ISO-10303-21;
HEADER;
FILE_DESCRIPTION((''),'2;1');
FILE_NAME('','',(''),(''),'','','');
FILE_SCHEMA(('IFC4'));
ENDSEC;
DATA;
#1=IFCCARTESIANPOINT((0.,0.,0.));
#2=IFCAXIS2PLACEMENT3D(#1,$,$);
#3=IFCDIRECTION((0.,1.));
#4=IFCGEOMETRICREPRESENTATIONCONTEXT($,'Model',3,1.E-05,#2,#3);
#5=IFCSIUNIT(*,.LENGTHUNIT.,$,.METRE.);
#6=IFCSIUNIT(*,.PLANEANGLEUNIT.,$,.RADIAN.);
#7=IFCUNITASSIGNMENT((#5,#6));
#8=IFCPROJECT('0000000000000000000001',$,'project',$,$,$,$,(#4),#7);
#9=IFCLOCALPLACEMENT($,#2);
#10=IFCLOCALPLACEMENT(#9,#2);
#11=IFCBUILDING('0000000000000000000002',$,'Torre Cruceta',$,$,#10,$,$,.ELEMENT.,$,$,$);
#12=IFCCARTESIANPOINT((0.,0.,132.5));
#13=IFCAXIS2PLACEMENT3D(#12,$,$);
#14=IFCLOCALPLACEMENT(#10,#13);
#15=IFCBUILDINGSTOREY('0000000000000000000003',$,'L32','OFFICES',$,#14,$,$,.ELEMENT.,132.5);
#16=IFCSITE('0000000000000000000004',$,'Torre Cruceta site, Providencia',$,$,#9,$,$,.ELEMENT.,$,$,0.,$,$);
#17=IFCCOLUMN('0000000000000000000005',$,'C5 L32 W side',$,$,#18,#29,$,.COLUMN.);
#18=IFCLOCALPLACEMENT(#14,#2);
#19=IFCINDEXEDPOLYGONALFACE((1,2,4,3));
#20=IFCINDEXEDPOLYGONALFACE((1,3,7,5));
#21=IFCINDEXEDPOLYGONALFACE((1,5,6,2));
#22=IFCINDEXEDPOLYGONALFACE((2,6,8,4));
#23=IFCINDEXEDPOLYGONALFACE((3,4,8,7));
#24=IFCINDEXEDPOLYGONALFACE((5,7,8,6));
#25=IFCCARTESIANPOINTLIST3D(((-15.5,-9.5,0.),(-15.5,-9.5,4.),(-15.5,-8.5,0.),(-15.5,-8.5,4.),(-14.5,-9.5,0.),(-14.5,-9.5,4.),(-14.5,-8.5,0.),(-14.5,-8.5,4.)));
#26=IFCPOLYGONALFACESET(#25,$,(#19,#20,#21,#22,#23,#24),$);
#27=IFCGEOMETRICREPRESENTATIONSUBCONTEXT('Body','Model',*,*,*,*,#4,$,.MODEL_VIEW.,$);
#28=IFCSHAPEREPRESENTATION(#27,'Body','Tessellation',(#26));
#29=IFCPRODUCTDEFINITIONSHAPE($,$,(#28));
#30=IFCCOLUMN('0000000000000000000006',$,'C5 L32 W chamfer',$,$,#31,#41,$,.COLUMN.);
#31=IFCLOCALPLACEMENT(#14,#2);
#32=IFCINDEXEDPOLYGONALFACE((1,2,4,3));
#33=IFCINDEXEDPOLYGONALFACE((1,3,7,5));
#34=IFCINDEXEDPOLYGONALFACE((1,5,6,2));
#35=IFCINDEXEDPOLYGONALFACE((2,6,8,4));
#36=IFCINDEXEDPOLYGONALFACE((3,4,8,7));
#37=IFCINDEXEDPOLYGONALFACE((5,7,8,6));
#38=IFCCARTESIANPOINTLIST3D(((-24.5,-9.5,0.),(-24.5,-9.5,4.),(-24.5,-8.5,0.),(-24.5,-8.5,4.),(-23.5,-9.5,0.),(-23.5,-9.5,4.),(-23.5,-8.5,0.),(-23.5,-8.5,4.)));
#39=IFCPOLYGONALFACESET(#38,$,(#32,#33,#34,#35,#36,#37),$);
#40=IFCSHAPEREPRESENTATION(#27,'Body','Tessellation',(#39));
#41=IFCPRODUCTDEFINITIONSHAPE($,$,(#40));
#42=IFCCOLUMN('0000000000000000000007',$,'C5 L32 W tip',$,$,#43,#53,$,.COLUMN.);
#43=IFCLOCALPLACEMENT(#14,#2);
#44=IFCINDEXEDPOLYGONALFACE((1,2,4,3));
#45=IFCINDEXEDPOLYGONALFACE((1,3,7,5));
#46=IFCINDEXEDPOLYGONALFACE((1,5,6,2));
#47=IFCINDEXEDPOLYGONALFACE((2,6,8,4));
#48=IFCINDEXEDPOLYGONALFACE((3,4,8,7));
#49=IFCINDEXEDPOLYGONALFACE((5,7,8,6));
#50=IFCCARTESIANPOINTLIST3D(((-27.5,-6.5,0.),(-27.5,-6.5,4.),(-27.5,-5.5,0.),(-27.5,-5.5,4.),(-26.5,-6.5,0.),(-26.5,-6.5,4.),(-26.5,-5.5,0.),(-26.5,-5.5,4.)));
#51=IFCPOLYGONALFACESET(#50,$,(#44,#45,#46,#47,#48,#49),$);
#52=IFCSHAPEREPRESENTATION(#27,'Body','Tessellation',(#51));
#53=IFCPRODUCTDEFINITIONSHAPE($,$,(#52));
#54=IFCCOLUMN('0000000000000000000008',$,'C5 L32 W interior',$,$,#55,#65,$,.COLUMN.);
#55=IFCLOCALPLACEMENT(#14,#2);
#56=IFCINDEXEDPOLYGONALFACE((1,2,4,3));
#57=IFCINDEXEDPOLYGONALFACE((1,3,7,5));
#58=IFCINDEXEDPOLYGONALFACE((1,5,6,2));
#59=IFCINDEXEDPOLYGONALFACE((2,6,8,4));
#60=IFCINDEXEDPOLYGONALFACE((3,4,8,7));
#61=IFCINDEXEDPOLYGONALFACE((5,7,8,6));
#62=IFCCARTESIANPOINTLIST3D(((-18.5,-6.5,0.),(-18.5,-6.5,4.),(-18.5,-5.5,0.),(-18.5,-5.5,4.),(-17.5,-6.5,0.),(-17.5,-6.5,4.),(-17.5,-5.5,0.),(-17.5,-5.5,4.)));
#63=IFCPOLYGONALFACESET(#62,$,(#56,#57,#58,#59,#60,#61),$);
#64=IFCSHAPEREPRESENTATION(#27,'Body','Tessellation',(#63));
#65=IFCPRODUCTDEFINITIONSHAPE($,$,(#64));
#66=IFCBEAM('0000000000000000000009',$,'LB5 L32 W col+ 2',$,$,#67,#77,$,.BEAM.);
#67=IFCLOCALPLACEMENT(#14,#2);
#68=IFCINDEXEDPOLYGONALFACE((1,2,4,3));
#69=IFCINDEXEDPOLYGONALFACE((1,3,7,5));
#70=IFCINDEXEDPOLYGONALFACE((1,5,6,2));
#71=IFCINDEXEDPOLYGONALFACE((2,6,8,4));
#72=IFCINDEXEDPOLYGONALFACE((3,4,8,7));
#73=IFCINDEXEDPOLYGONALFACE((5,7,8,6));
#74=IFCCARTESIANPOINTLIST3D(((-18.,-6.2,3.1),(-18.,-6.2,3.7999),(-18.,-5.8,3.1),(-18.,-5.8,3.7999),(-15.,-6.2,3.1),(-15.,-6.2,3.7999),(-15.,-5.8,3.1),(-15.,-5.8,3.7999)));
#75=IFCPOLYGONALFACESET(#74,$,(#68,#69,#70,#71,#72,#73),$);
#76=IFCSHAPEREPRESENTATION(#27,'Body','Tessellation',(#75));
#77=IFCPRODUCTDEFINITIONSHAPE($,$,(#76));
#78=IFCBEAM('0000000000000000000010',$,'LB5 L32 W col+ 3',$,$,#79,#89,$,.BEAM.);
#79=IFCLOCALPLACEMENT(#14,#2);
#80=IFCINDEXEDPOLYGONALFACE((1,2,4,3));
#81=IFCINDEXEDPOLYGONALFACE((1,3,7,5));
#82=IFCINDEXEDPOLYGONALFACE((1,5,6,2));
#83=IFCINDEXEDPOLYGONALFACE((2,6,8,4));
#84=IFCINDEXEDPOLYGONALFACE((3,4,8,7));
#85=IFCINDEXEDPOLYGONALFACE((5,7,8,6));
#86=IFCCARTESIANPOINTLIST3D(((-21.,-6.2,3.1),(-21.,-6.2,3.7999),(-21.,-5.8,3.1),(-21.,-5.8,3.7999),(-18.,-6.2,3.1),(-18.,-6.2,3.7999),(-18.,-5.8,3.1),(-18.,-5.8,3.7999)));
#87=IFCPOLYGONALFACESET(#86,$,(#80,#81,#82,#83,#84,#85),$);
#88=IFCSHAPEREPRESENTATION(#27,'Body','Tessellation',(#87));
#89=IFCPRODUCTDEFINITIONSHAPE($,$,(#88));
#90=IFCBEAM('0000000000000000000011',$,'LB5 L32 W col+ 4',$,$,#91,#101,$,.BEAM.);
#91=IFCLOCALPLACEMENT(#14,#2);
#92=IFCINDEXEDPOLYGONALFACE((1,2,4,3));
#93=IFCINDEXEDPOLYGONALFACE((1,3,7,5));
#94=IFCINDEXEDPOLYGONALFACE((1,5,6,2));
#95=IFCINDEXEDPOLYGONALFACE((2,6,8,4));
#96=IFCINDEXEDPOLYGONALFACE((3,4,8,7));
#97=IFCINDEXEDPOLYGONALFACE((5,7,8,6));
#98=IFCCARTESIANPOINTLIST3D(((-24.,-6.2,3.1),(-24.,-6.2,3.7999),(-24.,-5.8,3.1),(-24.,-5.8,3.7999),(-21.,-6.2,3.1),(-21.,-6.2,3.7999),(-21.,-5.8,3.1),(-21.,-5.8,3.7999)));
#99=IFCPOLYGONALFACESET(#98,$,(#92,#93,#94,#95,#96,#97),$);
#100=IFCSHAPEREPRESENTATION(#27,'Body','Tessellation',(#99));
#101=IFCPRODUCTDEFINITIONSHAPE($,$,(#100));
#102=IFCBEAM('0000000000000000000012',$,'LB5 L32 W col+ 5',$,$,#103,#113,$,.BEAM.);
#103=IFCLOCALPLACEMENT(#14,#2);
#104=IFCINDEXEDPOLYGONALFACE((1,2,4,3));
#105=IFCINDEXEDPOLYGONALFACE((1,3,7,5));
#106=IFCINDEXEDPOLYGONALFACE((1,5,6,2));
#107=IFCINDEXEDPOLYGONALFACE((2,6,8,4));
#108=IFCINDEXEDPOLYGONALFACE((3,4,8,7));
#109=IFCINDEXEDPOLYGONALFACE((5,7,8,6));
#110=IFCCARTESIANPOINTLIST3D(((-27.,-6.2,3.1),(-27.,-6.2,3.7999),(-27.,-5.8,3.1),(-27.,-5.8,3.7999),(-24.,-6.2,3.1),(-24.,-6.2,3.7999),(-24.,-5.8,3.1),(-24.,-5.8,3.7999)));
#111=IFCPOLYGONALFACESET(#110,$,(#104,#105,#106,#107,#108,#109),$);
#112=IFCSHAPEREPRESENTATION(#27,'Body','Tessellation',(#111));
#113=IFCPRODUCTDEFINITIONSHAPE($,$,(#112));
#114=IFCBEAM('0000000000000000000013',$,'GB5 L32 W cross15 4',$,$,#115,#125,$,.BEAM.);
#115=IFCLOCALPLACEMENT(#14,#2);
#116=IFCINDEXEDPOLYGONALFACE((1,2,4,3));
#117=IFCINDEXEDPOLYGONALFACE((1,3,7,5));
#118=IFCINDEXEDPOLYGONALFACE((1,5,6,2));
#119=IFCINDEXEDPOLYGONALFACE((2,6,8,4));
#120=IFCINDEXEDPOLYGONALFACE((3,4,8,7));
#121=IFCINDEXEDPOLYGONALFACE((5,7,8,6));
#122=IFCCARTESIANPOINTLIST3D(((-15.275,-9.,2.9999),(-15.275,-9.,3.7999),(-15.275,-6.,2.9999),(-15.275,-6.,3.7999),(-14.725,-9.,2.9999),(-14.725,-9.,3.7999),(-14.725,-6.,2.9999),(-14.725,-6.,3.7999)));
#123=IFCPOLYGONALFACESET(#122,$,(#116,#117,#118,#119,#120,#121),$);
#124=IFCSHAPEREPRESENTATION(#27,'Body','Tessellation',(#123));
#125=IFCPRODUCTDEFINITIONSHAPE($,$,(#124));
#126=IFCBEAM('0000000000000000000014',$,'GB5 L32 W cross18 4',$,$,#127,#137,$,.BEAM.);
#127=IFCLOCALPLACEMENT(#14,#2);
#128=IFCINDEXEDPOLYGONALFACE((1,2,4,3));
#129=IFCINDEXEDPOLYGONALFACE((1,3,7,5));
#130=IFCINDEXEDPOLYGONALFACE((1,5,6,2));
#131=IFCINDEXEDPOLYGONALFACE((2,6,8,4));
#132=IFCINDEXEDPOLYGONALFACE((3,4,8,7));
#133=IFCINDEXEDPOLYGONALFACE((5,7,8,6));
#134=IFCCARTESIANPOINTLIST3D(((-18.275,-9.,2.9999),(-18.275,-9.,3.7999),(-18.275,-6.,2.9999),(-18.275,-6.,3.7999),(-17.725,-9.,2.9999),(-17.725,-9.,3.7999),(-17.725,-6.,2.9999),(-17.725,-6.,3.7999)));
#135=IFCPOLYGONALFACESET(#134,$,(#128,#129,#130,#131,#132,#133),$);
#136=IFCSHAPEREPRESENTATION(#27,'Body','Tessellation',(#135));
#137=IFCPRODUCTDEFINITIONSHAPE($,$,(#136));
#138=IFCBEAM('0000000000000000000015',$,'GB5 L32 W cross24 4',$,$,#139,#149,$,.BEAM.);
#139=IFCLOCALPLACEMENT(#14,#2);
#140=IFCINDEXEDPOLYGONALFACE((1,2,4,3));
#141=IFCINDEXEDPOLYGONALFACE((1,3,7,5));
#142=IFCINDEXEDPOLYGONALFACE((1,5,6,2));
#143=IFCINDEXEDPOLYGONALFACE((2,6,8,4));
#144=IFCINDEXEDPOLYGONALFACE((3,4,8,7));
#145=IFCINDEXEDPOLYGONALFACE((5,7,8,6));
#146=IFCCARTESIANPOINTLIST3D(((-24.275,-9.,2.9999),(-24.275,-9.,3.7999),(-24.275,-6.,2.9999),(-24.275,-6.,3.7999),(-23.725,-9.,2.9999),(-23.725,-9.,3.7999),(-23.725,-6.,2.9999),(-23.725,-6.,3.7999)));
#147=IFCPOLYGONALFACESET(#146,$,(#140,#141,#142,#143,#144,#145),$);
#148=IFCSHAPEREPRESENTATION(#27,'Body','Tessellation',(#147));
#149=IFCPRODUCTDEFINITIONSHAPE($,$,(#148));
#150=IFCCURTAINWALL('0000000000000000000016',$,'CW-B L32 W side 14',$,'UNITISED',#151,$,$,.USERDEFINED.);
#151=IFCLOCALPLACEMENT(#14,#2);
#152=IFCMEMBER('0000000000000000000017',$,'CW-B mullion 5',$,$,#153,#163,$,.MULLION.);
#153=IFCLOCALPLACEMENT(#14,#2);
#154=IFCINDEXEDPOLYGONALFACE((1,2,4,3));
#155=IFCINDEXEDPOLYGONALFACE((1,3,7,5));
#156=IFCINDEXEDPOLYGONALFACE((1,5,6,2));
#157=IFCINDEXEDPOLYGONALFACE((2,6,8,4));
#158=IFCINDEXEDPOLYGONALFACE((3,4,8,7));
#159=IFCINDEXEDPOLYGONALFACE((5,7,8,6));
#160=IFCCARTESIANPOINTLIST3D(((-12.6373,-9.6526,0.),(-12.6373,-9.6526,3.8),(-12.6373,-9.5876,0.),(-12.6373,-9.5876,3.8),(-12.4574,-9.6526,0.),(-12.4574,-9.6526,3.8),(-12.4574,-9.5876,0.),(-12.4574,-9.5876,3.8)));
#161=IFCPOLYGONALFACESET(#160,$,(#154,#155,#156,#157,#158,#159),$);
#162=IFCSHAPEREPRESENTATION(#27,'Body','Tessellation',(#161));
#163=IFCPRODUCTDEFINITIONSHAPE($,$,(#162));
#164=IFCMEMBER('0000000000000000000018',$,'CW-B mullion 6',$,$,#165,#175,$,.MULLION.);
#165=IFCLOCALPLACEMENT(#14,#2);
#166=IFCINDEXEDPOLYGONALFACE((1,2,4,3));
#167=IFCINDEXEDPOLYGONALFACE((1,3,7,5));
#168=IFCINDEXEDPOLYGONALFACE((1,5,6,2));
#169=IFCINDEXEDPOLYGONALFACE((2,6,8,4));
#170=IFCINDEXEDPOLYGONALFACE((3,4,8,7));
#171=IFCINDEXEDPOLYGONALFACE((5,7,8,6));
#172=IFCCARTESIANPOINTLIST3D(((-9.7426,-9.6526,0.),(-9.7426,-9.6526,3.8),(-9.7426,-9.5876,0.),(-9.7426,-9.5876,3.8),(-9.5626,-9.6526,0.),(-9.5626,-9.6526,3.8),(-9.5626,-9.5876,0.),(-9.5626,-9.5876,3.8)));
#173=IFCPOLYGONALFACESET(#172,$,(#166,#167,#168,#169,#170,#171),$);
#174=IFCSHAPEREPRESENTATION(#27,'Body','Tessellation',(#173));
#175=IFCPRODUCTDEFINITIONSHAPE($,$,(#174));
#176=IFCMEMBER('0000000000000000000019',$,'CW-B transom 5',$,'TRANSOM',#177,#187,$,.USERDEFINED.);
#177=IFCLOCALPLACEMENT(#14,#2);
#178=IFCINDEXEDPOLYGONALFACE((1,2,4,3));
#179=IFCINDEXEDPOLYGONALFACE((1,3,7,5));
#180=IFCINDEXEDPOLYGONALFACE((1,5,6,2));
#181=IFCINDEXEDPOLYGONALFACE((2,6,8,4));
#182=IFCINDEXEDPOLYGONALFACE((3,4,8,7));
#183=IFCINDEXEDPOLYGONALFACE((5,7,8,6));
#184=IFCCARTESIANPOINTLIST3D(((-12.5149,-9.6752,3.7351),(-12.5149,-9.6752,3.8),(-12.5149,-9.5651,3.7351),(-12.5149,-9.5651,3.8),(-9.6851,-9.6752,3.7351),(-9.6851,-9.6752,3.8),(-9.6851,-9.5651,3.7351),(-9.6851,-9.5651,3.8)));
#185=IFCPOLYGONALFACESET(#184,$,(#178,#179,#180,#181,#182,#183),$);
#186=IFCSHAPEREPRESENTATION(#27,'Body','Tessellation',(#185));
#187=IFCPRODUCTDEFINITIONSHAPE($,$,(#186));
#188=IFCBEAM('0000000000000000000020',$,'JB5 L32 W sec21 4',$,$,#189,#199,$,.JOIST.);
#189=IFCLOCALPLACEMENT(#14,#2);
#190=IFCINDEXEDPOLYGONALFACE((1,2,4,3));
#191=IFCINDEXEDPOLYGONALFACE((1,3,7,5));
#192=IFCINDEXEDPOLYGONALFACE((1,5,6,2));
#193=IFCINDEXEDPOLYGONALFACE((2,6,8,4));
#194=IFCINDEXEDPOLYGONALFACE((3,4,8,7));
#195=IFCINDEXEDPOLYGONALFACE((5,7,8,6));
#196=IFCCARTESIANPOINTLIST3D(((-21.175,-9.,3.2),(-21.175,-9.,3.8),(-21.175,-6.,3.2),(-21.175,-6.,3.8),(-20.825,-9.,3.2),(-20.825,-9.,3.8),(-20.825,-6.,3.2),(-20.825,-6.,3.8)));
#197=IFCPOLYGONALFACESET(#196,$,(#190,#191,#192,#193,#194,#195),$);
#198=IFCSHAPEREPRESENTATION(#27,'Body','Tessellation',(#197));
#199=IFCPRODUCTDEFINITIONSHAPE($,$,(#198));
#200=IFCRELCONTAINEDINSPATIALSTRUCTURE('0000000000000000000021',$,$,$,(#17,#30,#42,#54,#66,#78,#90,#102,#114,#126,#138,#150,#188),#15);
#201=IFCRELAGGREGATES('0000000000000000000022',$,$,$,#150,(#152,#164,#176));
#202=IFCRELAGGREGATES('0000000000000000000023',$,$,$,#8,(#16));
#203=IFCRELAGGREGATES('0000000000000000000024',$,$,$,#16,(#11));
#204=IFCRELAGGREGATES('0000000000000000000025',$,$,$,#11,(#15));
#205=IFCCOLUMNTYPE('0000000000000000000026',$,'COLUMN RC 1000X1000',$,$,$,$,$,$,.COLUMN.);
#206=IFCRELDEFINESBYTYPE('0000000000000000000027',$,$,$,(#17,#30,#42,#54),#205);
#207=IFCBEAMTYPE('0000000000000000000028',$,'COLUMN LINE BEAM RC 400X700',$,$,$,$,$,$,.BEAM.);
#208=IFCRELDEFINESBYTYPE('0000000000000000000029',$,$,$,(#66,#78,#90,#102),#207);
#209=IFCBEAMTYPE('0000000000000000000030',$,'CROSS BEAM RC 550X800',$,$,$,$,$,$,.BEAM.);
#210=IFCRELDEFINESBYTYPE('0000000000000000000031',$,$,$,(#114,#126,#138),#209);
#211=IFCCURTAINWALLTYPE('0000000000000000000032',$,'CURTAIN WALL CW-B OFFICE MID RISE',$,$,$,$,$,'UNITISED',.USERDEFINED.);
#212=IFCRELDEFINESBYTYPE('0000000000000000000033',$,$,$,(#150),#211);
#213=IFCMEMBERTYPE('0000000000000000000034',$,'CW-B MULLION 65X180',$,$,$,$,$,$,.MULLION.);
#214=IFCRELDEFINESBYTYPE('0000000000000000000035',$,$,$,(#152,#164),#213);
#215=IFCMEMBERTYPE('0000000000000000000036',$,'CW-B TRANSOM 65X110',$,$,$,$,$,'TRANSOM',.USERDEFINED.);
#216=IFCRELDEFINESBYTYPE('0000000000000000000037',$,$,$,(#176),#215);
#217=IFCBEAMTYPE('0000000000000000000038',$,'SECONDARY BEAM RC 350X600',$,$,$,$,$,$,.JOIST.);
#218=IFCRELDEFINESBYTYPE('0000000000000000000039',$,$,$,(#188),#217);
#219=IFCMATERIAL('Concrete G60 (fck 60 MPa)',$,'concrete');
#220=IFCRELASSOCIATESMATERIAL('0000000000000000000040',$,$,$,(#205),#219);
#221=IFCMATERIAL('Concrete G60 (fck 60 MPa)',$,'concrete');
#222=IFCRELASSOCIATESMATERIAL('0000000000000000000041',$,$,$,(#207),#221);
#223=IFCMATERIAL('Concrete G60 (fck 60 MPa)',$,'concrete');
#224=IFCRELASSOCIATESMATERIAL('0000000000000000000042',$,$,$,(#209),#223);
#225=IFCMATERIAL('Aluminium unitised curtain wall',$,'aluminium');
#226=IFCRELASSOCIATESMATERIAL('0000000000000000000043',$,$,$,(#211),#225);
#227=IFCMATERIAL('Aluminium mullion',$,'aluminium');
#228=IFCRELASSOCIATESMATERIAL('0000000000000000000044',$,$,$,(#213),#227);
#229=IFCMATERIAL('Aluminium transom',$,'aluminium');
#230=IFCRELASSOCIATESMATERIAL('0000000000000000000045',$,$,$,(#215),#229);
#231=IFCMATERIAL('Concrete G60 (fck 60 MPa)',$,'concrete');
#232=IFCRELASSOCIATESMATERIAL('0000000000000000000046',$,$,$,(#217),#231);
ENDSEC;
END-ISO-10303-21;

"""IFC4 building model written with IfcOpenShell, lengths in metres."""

from ifc_helpers import new_model, si_unit, direction, frame, origin, origin_2d, place, context, subcontext, project, spatial, rectangle, extrude, material, material_profile, profile_set, type_object, element, aggregate, save


model = new_model("IFC4")

# Units and contexts
model_context = context("Model", 3, precision=1e-05, world=origin(), true_north=direction((0.0, 1.0)))
body_context = subcontext(model_context, "Body", "Model", "MODEL_VIEW")
ifc_project = project(units=[si_unit("LENGTHUNIT", "METRE"), si_unit("PLANEANGLEUNIT", "RADIAN")], contexts=[model_context])

# Site, building, storey
site_placement = place(None, origin())
site = spatial("IfcSite", under=ifc_project, at=site_placement, Name="Torre Cruceta site, Providencia", CompositionType="ELEMENT", RefElevation=0.0)
building_placement = place(site_placement, origin())
building = spatial("IfcBuilding", under=site, at=building_placement, Name="Torre Cruceta", CompositionType="ELEMENT")
storey_placement = place(building_placement, frame((0.0, 0.0, 132.5)))
storey = spatial("IfcBuildingStorey", under=building, at=storey_placement, Name="L32", Description="OFFICES", CompositionType="ELEMENT", Elevation=132.5)

# Columns
ifc_material_1 = material(Name="Concrete G60 (fck 60 MPa)", Category="concrete")
ifc_material_profile_1 = material_profile(ifc_material_1, rectangle(XDim=1.0, YDim=1.0, at=origin_2d()), Name="RC 1000X1000")
ifc_profile_set_1 = profile_set([ifc_material_profile_1], Name="Concrete G60 (fck 60 MPa)")
column_type = type_object("IfcColumnType", Name="COLUMN RC 1000X1000", PredefinedType="COLUMN", material=ifc_profile_set_1)
for number, where, z_axis, x_axis, name in (
    (1, (-15.0, -9.0, 0.0), (0.0, 0.0, 1.0), (1.0, 0.0, 0.0), "C5 L32 W side"),
    (2, (-24.0, -9.0, 0.0), (0.0, 0.0, 1.0), (1.0, 0.0, 0.0), "C5 L32 W chamfer"),
    (3, (-27.0, -6.0, 0.0), (0.0, 0.0, 1.0), (1.0, 0.0, 0.0), "C5 L32 W tip"),
    (4, (-18.0, -6.0, 0.0), (0.0, 0.0, 1.0), (1.0, 0.0, 0.0), "C5 L32 W interior"),
):
    element("IfcColumn", number, at=place(storey_placement, frame(where, z_axis=z_axis, x_axis=x_axis)), inside=storey, type_object=column_type, Name=name, PredefinedType="COLUMN", context=body_context, shape_type="SweptSolid", body=[
        extrude(rectangle(XDim=1.0, YDim=1.0, at=origin_2d()), origin(), (0.0, 0.0, 1.0), 4.0),
    ])

# Beams
ifc_material_2 = material(Name="Concrete G60 (fck 60 MPa)", Category="concrete")
ifc_material_profile_2 = material_profile(ifc_material_2, rectangle(XDim=0.3999, YDim=0.7, at=origin_2d()), Name="RC 400X700")
ifc_profile_set_2 = profile_set([ifc_material_profile_2], Name="Concrete G60 (fck 60 MPa)")
beam_type_1 = type_object("IfcBeamType", Name="COLUMN LINE BEAM RC 400X700", PredefinedType="BEAM", material=ifc_profile_set_2)
for number, where, z_axis, x_axis, name in (
    (5, (-15.0, -6.0, 3.45), (-1.0, 0.0, 0.0), (0.0, -1.0, 0.0), "LB5 L32 W col+ 2"),
    (6, (-18.0, -6.0, 3.45), (-1.0, 0.0, 0.0), (0.0, -1.0, 0.0), "LB5 L32 W col+ 3"),
    (7, (-21.0, -6.0, 3.45), (-1.0, 0.0, 0.0), (0.0, -1.0, 0.0), "LB5 L32 W col+ 4"),
    (8, (-24.0, -6.0, 3.45), (-1.0, 0.0, 0.0), (0.0, -1.0, 0.0), "LB5 L32 W col+ 5"),
):
    element("IfcBeam", number, at=place(storey_placement, frame(where, z_axis=z_axis, x_axis=x_axis)), inside=storey, type_object=beam_type_1, Name=name, PredefinedType="BEAM", context=body_context, shape_type="SweptSolid", body=[
        extrude(rectangle(XDim=0.3999, YDim=0.7, at=origin_2d()), origin(), (0.0, 0.0, 1.0), 3.0),
    ])
ifc_material_3 = material(Name="Concrete G60 (fck 60 MPa)", Category="concrete")
ifc_material_profile_3 = material_profile(ifc_material_3, rectangle(XDim=0.55, YDim=0.8, at=origin_2d()), Name="RC 550X800")
ifc_profile_set_3 = profile_set([ifc_material_profile_3], Name="Concrete G60 (fck 60 MPa)")
beam_type_2 = type_object("IfcBeamType", Name="CROSS BEAM RC 550X800", PredefinedType="BEAM", material=ifc_profile_set_3)
for number, where, z_axis, x_axis, name in (
    (9, (-15.0, -6.0, 3.3999), (0.0, -1.0, 0.0), (1.0, 0.0, 0.0), "GB5 L32 W cross15 4"),
    (10, (-18.0, -6.0, 3.3999), (0.0, -1.0, 0.0), (1.0, 0.0, 0.0), "GB5 L32 W cross18 4"),
    (11, (-24.0, -6.0, 3.3999), (0.0, -1.0, 0.0), (1.0, 0.0, 0.0), "GB5 L32 W cross24 4"),
):
    element("IfcBeam", number, at=place(storey_placement, frame(where, z_axis=z_axis, x_axis=x_axis)), inside=storey, type_object=beam_type_2, Name=name, PredefinedType="BEAM", context=body_context, shape_type="SweptSolid", body=[
        extrude(rectangle(XDim=0.55, YDim=0.8, at=origin_2d()), origin(), (0.0, 0.0, 1.0), 3.0),
    ])

# Curtain wall, members
ifc_material_4 = material(Name="Aluminium unitised curtain wall", Category="aluminium")
curtain_wall_type = type_object("IfcCurtainWallType", Name="CURTAIN WALL CW-B OFFICE MID RISE", ElementType="UNITISED", PredefinedType="USERDEFINED", material=ifc_material_4)
curtain_wall_placement = place(storey_placement, origin())
curtain_wall = element("IfcCurtainWall", 12, at=curtain_wall_placement, inside=storey, type_object=curtain_wall_type, Name="CW-B L32 W side 14", ObjectType="UNITISED", PredefinedType="USERDEFINED")
ifc_material_5 = material(Name="Aluminium mullion", Category="aluminium")
ifc_material_profile_4 = material_profile(ifc_material_5, rectangle(XDim=0.0649, YDim=0.1799, at=origin_2d()), Name="AL 65X180")
ifc_profile_set_4 = profile_set([ifc_material_profile_4], Name="Aluminium mullion")
member_type_1 = type_object("IfcMemberType", Name="CW-B MULLION 65X180", PredefinedType="MULLION", material=ifc_profile_set_4)
member_1_placement = place(storey_placement, frame((-12.5474, -9.6201, 0.0), z_axis=(0.0, 0.0, 1.0), x_axis=(0.0, 1.0, 0.0)))
member_1 = element("IfcMember", 13, at=member_1_placement, type_object=member_type_1, Name="CW-B mullion 5", PredefinedType="MULLION", context=body_context, shape_type="SweptSolid", body=[
    extrude(rectangle(XDim=0.0649, YDim=0.1799, at=origin_2d()), origin(), (0.0, 0.0, 1.0), 3.8),
])
member_2_placement = place(storey_placement, frame((-9.6526, -9.6201, 0.0), z_axis=(0.0, 0.0, 1.0), x_axis=(0.0, 1.0, 0.0)))
member_2 = element("IfcMember", 14, at=member_2_placement, type_object=member_type_1, Name="CW-B mullion 6", PredefinedType="MULLION", context=body_context, shape_type="SweptSolid", body=[
    extrude(rectangle(XDim=0.0649, YDim=0.1799, at=origin_2d()), origin(), (0.0, 0.0, 1.0), 3.8),
])
ifc_material_6 = material(Name="Aluminium transom", Category="aluminium")
ifc_material_profile_5 = material_profile(ifc_material_6, rectangle(XDim=0.1101, YDim=0.0649, at=origin_2d()), Name="AL 110X65")
ifc_profile_set_5 = profile_set([ifc_material_profile_5], Name="Aluminium transom")
member_type_2 = type_object("IfcMemberType", Name="CW-B TRANSOM 65X110", ElementType="TRANSOM", PredefinedType="USERDEFINED", material=ifc_profile_set_5)
member_3_placement = place(storey_placement, frame((-12.5149, -9.6201, 3.7676), z_axis=(1.0, 0.0, 0.0), x_axis=(0.0, 1.0, 0.0)))
member_3 = element("IfcMember", 15, at=member_3_placement, type_object=member_type_2, Name="CW-B transom 5", ObjectType="TRANSOM", PredefinedType="USERDEFINED", context=body_context, shape_type="SweptSolid", body=[
    extrude(rectangle(XDim=0.1101, YDim=0.0649, at=origin_2d()), origin(), (0.0, 0.0, 1.0), 2.8298),
])

# Beam
ifc_material_7 = material(Name="Concrete G60 (fck 60 MPa)", Category="concrete")
ifc_material_profile_6 = material_profile(ifc_material_7, rectangle(XDim=0.3501, YDim=0.6001, at=origin_2d()), Name="RC 350X600")
ifc_profile_set_6 = profile_set([ifc_material_profile_6], Name="Concrete G60 (fck 60 MPa)")
beam_type_3 = type_object("IfcBeamType", Name="SECONDARY BEAM RC 350X600", PredefinedType="JOIST", material=ifc_profile_set_6)
beam_1_placement = place(storey_placement, frame((-21.0, -6.0, 3.5), z_axis=(0.0, -1.0, 0.0), x_axis=(1.0, 0.0, 0.0)))
element("IfcBeam", 16, at=beam_1_placement, inside=storey, type_object=beam_type_3, Name="JB5 L32 W sec21 4", PredefinedType="JOIST", context=body_context, shape_type="SweptSolid", body=[
    extrude(rectangle(XDim=0.3501, YDim=0.6001, at=origin_2d()), origin(), (0.0, 0.0, 1.0), 3.0),
])

aggregate(curtain_wall, [member_1, member_2, member_3])

save(model, "model.ifc")
